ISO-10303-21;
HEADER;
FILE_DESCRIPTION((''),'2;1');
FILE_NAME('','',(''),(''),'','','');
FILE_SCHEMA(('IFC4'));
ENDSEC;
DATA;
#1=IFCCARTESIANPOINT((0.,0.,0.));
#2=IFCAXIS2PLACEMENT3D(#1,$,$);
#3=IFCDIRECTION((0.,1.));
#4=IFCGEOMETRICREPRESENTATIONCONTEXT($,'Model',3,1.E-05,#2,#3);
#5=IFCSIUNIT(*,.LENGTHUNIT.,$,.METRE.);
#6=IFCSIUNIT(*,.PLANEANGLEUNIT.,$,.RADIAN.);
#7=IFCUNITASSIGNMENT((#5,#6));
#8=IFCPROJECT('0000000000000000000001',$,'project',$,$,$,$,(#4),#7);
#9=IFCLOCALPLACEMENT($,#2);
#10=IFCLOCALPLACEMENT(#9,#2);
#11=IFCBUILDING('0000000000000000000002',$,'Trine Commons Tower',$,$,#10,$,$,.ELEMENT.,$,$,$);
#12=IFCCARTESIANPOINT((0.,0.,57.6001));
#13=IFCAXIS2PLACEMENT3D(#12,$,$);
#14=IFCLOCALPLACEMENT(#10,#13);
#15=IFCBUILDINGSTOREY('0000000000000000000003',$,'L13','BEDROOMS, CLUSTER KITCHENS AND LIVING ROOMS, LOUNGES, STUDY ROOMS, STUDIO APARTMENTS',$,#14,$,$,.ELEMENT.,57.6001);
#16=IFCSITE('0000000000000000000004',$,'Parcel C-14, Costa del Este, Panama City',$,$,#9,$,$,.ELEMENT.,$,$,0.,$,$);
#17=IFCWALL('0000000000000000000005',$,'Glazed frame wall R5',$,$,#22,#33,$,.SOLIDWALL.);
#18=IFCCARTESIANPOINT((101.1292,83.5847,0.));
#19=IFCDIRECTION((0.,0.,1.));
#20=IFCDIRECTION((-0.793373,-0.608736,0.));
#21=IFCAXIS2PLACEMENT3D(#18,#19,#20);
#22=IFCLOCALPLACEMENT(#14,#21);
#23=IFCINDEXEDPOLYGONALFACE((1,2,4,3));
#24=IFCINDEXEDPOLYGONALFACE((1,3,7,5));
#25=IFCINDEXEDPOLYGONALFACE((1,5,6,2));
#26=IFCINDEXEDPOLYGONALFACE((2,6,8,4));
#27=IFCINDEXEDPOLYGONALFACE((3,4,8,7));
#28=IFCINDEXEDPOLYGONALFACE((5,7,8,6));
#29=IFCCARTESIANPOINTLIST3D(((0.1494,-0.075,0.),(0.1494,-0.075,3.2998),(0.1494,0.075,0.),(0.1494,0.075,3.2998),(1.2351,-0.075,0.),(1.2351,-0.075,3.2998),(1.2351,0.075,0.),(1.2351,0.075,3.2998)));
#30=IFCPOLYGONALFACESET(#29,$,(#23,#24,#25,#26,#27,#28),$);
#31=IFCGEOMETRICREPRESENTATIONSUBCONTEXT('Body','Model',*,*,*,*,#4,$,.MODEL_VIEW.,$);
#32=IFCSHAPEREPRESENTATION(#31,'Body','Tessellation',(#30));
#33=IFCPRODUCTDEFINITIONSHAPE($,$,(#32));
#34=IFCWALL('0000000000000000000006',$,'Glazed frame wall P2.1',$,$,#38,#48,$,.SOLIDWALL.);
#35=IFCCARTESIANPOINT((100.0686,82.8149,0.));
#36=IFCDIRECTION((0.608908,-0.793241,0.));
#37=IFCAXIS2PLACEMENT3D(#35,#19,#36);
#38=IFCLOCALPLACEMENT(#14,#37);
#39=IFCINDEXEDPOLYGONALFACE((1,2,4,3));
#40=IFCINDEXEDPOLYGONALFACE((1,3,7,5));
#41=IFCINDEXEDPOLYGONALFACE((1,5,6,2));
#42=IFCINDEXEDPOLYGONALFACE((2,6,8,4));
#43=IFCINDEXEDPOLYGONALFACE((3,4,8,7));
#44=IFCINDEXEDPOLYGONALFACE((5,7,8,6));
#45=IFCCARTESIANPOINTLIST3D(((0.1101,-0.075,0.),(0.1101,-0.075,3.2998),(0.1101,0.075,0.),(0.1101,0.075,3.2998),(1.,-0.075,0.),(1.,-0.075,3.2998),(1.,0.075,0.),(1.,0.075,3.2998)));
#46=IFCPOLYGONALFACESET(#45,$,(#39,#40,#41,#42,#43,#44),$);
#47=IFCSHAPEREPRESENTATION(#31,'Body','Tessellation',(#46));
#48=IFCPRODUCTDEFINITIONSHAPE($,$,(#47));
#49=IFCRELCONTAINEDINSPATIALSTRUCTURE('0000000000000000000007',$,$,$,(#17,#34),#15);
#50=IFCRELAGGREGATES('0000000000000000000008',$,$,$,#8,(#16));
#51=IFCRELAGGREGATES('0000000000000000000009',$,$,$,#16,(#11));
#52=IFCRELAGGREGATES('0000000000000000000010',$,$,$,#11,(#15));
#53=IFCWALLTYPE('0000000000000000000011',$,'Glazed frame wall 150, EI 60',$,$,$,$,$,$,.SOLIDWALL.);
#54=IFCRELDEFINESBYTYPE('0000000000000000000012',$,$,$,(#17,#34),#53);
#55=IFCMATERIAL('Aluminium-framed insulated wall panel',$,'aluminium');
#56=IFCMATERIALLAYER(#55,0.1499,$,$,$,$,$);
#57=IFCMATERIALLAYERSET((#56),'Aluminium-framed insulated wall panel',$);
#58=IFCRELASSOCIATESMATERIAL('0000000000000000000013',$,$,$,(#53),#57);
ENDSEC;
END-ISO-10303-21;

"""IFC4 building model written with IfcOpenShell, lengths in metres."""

from ifc_helpers import new_model, si_unit, direction, frame, origin, place, context, subcontext, project, spatial, polyline, outline, extrude, material, layer, layer_set, type_object, element, save


model = new_model("IFC4")

# Units and contexts
model_context = context("Model", 3, precision=1e-05, world=origin(), true_north=direction((0.0, 1.0)))
body_context = subcontext(model_context, "Body", "Model", "MODEL_VIEW")
ifc_project = project(units=[si_unit("LENGTHUNIT", "METRE"), si_unit("PLANEANGLEUNIT", "RADIAN")], contexts=[model_context])

# Site, building, storey
site_placement = place(None, origin())
site = spatial("IfcSite", under=ifc_project, at=site_placement, Name="Parcel C-14, Costa del Este, Panama City", CompositionType="ELEMENT", RefElevation=0.0)
building_placement = place(site_placement, origin())
building = spatial("IfcBuilding", under=site, at=building_placement, Name="Trine Commons Tower", CompositionType="ELEMENT")
storey_placement = place(building_placement, frame((0.0, 0.0, 57.6001)))
storey = spatial("IfcBuildingStorey", under=building, at=storey_placement, Name="L13", Description="BEDROOMS, CLUSTER KITCHENS AND LIVING ROOMS, LOUNGES, STUDY ROOMS, STUDIO APARTMENTS", CompositionType="ELEMENT", Elevation=57.6001)

# Walls
ifc_material_1 = material(Name="Aluminium-framed insulated wall panel", Category="aluminium")
ifc_layer_1 = layer(ifc_material_1, 0.1499)
ifc_layer_set_1 = layer_set([ifc_layer_1], Name="Aluminium-framed insulated wall panel")
wall_type_1 = type_object("IfcWallType", Name="Glazed frame wall 150, EI 60", PredefinedType="SOLIDWALL", material=ifc_layer_set_1)
wall_1_placement = place(storey_placement, frame((101.1292, 83.5847, 0.0), z_axis=(0.0, 0.0, 1.0), x_axis=(-0.793373, -0.608736, 0.0)))
element("IfcWall", 1, at=wall_1_placement, inside=storey, type_object=wall_type_1, Name="Glazed frame wall R5", PredefinedType="SOLIDWALL", context=body_context, shape_type="SweptSolid", body=[
    extrude(outline(polyline([(0.1494, 0.075), (0.1494, -0.075), (1.2351, -0.075), (1.2351, 0.075), (0.1494, 0.075)])), origin(), (0.0, 0.0, 1.0), 3.2998),
])
wall_2_placement = place(storey_placement, frame((100.0686, 82.8149, 0.0), z_axis=(0.0, 0.0, 1.0), x_axis=(0.608908, -0.793241, 0.0)))
element("IfcWall", 2, at=wall_2_placement, inside=storey, type_object=wall_type_1, Name="Glazed frame wall P2.1", PredefinedType="SOLIDWALL", context=body_context, shape_type="SweptSolid", body=[
    extrude(outline(polyline([(0.1101, -0.075), (1.0, -0.075), (1.0, 0.075), (0.1101, 0.075), (0.1101, -0.075)])), origin(), (0.0, 0.0, 1.0), 3.2998),
])

save(model, "model.ifc")
